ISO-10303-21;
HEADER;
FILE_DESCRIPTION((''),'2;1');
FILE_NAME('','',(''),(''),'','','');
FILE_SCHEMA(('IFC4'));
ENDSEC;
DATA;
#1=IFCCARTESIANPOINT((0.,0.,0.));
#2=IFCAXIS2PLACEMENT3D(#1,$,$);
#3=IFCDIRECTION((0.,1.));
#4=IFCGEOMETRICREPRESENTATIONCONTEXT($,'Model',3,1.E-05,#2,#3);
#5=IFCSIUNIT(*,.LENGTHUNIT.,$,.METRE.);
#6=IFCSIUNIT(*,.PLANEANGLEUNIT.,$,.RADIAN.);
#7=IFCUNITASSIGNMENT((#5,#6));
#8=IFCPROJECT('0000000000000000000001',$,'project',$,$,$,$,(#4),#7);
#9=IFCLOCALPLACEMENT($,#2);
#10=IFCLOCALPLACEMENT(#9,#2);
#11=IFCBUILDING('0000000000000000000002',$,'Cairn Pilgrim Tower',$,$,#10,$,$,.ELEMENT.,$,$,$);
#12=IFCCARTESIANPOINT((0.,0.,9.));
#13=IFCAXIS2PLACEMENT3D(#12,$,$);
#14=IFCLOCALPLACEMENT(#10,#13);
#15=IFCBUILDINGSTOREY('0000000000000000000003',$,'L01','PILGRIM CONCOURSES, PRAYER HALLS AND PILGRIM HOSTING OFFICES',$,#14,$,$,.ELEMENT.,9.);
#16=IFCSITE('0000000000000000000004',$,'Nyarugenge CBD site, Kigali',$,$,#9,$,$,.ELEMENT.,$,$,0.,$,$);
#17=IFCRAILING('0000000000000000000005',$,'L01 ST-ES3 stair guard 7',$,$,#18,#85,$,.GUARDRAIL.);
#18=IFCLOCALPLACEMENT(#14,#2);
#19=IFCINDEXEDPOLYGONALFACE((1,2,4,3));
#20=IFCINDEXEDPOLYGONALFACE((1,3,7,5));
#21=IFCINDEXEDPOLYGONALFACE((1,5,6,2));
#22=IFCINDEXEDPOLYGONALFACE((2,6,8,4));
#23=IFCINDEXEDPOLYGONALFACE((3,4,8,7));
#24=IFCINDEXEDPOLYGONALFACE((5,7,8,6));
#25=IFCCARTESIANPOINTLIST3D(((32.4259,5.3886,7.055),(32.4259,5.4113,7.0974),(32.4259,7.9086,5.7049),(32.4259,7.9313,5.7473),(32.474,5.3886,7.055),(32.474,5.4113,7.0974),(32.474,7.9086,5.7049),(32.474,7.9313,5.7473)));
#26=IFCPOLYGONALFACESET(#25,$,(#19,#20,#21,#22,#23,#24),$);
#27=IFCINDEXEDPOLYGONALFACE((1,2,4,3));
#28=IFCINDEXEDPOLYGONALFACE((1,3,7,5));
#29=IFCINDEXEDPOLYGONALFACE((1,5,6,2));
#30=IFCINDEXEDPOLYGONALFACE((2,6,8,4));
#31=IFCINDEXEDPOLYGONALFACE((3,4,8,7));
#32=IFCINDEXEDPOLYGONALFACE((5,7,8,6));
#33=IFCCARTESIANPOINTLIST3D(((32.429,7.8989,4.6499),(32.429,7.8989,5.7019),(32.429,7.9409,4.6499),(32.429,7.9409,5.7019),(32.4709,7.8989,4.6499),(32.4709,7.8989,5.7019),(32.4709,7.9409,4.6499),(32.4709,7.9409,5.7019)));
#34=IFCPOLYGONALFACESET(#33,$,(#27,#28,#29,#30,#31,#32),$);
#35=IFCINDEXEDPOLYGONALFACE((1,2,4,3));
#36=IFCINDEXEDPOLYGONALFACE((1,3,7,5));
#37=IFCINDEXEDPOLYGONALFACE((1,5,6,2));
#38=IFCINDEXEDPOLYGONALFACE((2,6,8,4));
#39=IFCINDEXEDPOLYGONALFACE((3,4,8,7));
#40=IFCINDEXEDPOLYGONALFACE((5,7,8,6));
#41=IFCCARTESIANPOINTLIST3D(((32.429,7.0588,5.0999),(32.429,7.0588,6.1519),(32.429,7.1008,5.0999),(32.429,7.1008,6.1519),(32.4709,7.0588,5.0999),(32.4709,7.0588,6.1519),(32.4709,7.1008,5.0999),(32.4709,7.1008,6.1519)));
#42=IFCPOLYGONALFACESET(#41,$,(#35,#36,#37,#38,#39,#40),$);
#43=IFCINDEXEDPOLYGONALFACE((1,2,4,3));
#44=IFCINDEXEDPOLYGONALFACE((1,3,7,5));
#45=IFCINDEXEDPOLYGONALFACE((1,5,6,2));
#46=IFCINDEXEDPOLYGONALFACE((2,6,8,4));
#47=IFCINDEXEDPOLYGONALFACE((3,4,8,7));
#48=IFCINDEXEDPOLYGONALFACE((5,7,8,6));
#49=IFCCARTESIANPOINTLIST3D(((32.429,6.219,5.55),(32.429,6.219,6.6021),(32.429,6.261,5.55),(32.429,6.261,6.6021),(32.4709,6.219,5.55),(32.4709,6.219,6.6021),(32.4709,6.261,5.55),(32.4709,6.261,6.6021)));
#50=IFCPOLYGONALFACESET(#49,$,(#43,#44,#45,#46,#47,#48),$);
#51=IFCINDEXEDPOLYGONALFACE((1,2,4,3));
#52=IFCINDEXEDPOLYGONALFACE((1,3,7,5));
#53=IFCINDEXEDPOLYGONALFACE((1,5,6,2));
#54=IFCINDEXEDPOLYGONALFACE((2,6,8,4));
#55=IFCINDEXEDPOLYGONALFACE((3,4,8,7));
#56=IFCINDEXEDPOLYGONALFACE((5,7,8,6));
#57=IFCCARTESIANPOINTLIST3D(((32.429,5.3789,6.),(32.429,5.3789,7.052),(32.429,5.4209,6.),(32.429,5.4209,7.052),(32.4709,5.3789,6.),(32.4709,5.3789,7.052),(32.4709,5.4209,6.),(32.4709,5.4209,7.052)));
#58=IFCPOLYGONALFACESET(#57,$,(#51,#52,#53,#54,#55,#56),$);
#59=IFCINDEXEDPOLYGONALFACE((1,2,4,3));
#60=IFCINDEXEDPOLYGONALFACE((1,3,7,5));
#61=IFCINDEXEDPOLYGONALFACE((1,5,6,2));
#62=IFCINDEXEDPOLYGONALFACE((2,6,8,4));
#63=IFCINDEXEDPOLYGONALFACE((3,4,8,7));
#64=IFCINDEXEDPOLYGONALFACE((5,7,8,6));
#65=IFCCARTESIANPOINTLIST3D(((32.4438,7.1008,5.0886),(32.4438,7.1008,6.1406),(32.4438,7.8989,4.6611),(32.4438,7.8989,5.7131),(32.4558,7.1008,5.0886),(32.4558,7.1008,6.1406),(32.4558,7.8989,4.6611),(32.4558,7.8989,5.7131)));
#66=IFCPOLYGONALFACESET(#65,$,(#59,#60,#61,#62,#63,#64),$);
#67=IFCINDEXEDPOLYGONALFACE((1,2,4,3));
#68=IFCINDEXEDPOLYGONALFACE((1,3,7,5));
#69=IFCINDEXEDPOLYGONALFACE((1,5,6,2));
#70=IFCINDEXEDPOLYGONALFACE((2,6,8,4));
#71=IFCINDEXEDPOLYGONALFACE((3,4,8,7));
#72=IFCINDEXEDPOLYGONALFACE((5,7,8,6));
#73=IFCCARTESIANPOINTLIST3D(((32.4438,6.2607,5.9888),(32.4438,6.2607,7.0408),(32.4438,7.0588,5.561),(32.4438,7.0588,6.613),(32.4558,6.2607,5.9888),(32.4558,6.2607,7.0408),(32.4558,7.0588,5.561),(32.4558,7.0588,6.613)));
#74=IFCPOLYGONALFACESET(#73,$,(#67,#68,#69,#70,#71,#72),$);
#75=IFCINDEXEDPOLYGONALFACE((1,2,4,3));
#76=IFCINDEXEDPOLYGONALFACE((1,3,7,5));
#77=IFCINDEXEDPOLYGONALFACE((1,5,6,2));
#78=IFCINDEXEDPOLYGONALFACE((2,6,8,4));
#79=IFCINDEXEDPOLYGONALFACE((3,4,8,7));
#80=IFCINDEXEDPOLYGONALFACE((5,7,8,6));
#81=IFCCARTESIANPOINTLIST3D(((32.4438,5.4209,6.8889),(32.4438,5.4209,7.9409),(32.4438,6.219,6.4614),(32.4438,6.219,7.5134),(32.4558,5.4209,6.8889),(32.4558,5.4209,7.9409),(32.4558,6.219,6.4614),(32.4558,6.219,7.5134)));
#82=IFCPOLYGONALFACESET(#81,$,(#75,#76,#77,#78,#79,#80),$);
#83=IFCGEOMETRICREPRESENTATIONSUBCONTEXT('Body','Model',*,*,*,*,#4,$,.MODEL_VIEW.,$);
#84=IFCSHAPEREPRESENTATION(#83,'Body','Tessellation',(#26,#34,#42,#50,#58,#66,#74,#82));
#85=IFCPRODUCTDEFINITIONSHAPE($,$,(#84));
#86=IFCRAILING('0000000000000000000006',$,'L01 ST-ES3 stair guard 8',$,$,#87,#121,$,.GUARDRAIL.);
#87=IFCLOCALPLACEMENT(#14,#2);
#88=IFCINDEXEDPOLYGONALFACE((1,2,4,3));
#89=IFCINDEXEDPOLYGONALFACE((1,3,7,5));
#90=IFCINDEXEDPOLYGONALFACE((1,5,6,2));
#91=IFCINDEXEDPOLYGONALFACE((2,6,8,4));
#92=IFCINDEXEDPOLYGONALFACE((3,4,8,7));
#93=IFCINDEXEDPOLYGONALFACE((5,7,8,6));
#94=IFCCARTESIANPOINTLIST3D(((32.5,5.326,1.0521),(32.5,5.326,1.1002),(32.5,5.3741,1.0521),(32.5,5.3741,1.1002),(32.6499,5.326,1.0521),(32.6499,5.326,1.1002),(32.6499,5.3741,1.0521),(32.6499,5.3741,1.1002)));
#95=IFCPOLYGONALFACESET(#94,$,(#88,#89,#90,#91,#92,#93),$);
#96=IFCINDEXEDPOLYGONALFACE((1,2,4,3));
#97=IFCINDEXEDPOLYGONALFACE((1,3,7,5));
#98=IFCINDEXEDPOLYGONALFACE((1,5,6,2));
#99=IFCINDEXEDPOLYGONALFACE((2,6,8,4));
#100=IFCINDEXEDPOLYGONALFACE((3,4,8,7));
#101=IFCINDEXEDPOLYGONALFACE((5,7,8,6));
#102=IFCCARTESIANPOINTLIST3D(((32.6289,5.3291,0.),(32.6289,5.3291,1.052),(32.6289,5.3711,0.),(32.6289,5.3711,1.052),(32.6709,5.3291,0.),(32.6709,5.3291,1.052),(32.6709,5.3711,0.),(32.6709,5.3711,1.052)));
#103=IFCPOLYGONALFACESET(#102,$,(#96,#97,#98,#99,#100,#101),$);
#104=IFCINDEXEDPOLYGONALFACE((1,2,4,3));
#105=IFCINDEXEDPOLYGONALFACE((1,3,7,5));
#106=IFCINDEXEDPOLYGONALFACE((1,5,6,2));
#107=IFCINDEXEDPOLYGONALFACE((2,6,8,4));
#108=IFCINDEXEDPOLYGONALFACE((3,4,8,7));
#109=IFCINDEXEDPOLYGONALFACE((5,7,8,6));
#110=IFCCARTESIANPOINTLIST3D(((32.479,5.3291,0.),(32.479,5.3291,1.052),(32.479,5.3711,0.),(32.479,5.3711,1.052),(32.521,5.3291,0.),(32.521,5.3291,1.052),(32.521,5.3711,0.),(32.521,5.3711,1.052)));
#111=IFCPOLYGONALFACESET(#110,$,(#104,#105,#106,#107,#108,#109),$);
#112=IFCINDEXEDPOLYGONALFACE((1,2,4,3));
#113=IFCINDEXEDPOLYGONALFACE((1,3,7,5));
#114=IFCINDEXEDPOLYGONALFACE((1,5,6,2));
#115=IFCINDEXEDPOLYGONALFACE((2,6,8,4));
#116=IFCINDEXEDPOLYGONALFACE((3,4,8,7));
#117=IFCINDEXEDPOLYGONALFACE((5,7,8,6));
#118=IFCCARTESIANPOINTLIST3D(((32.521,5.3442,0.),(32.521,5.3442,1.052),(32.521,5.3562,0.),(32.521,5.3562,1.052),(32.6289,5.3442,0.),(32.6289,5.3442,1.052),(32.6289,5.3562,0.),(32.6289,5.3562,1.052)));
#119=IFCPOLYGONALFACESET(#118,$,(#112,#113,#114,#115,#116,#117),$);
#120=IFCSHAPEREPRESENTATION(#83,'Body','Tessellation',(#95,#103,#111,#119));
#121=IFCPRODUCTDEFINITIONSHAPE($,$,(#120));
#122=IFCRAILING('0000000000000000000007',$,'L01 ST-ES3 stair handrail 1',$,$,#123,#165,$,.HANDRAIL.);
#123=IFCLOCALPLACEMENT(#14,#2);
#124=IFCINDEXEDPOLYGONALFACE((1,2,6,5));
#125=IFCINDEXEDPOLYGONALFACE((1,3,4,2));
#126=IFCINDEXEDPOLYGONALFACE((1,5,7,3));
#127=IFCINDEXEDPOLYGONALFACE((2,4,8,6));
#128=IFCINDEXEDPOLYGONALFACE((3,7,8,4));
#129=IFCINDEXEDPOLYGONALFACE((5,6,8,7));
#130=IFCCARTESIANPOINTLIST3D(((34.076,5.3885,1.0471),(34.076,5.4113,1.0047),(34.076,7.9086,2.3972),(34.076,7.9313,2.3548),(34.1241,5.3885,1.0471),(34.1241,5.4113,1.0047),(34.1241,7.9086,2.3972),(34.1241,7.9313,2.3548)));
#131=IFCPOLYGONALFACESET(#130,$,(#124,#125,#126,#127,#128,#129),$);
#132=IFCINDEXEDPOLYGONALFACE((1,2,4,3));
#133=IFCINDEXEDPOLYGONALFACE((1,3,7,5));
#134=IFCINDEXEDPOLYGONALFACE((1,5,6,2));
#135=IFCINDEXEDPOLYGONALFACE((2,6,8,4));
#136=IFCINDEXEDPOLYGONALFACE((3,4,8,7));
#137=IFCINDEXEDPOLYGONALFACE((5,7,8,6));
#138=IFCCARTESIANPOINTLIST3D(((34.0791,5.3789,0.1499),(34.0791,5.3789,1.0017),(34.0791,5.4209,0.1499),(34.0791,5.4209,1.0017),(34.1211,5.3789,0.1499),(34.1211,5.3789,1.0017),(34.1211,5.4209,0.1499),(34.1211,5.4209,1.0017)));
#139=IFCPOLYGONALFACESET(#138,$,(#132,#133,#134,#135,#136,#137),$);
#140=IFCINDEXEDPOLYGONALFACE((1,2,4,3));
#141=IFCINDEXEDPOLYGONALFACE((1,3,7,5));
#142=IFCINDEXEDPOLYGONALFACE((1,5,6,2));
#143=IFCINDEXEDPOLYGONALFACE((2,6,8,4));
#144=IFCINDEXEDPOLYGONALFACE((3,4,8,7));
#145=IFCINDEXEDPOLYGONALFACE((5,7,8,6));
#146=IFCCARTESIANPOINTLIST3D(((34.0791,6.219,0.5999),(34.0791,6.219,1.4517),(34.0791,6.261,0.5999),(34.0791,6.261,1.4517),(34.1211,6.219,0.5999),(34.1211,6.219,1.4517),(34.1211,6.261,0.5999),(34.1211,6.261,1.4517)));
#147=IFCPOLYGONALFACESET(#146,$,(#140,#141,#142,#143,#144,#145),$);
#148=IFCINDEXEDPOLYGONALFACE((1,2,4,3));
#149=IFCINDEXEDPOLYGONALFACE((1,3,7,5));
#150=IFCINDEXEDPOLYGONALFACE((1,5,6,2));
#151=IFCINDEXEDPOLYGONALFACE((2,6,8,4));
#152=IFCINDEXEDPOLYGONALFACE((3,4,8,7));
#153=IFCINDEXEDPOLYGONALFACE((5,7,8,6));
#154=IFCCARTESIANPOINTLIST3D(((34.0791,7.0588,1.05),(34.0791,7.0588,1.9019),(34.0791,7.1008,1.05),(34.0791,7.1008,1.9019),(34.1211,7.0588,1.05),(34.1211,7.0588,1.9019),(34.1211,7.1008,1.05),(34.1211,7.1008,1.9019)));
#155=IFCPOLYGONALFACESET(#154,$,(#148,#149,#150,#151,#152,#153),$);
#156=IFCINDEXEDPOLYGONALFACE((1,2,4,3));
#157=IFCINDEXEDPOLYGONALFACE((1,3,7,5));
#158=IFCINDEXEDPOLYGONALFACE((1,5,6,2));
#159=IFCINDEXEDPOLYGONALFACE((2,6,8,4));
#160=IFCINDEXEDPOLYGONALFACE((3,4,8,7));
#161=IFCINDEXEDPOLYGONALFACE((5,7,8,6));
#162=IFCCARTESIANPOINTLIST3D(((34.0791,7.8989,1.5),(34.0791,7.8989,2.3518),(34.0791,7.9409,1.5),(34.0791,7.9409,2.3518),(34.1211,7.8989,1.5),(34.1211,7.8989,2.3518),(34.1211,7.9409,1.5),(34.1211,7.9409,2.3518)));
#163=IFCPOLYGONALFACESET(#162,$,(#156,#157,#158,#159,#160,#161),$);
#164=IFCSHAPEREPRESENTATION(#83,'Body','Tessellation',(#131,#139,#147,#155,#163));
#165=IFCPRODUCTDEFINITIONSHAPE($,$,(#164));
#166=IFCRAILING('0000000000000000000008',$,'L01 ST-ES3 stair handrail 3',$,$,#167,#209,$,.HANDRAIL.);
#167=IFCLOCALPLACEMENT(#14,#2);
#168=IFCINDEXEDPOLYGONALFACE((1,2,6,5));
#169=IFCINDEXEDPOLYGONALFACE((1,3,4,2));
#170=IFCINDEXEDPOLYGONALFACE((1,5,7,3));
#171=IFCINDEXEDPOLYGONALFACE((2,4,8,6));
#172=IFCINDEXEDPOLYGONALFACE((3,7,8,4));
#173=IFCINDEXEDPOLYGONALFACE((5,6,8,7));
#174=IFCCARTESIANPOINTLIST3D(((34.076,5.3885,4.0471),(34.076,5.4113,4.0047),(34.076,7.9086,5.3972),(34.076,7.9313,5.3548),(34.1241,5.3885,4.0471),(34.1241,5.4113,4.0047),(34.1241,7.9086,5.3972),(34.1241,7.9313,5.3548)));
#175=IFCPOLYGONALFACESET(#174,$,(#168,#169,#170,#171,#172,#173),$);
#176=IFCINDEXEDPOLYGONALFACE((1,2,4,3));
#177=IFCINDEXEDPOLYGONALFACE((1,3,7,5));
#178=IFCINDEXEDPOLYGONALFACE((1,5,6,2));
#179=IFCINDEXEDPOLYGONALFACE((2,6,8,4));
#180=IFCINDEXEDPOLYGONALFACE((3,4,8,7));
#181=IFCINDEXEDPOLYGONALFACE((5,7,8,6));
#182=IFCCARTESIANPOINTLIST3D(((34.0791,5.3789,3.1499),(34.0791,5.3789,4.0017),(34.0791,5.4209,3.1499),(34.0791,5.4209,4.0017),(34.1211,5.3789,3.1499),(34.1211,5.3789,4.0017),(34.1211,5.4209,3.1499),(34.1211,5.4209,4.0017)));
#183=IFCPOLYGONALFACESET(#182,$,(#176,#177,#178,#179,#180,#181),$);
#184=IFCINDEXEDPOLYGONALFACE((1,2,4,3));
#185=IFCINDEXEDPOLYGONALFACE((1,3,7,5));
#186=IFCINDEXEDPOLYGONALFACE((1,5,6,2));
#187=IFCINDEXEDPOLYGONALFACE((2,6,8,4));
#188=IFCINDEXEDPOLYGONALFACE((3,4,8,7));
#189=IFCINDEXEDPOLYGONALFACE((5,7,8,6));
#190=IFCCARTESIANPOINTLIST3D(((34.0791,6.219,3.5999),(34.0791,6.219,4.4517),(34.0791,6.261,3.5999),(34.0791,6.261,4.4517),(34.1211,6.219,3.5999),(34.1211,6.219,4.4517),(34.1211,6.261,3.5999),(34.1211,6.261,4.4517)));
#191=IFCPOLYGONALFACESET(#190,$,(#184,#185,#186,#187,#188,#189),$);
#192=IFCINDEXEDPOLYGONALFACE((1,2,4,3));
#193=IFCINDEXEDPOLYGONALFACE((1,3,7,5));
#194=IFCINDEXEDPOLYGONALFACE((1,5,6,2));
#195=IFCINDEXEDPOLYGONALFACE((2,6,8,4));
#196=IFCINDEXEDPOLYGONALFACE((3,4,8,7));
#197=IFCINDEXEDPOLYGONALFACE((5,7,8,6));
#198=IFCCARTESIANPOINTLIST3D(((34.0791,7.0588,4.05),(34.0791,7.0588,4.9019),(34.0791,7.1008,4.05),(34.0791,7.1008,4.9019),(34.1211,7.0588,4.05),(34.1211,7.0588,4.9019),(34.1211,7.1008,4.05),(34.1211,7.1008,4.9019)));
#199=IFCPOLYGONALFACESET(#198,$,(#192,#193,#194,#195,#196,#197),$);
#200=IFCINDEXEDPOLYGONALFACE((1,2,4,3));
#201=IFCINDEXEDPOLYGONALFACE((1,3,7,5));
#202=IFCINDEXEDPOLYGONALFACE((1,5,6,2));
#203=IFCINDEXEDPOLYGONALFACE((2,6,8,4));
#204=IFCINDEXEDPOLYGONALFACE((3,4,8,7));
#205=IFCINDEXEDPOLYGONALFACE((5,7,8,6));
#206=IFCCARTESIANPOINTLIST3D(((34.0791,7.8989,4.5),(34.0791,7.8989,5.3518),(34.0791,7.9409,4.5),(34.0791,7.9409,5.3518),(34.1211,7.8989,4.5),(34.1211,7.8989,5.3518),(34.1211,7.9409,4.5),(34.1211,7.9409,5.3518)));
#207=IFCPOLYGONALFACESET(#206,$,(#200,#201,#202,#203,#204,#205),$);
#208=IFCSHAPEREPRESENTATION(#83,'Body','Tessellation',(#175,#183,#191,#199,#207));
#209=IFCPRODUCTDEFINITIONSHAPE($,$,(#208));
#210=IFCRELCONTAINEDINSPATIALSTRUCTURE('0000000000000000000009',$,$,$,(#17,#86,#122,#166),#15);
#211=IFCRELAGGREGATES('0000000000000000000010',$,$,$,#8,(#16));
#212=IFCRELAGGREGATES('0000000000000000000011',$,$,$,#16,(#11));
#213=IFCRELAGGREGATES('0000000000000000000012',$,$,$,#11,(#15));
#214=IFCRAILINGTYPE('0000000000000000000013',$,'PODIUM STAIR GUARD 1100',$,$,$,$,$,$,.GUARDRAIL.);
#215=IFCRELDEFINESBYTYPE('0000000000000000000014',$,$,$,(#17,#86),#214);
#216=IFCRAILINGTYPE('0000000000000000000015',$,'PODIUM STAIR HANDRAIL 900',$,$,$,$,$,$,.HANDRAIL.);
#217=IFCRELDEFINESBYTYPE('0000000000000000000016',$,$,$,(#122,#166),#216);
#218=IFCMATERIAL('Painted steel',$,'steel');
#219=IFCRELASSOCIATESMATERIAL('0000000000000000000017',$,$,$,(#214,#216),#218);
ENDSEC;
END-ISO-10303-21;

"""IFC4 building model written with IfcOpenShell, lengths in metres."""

from ifc_helpers import new_model, si_unit, direction, frame, origin, origin_2d, place, context, subcontext, project, spatial, polyline, rectangle, outline, extrude, material, type_object, element, save


model = new_model("IFC4")

# Units and contexts
model_context = context("Model", 3, precision=1e-05, world=origin(), true_north=direction((0.0, 1.0)))
body_context = subcontext(model_context, "Body", "Model", "MODEL_VIEW")
ifc_project = project(units=[si_unit("LENGTHUNIT", "METRE"), si_unit("PLANEANGLEUNIT", "RADIAN")], contexts=[model_context])

# Site, building, storey
site_placement = place(None, origin())
site = spatial("IfcSite", under=ifc_project, at=site_placement, Name="Nyarugenge CBD site, Kigali", CompositionType="ELEMENT", RefElevation=0.0)
building_placement = place(site_placement, origin())
building = spatial("IfcBuilding", under=site, at=building_placement, Name="Cairn Pilgrim Tower", CompositionType="ELEMENT")
storey_placement = place(building_placement, frame((0.0, 0.0, 9.0)))
storey = spatial("IfcBuildingStorey", under=building, at=storey_placement, Name="L01", Description="PILGRIM CONCOURSES, PRAYER HALLS AND PILGRIM HOSTING OFFICES", CompositionType="ELEMENT", Elevation=9.0)

# Railings
ifc_material_1 = material(Name="Painted steel", Category="steel")
railing_type_1 = type_object("IfcRailingType", Name="PODIUM STAIR GUARD 1100", PredefinedType="GUARDRAIL", material=ifc_material_1)
railing_1_placement = place(storey_placement, frame((32.45, 7.9199, 4.6499)))
element("IfcRailing", 1, at=railing_1_placement, inside=storey, type_object=railing_type_1, Name="L01 ST-ES3 stair guard 7", PredefinedType="GUARDRAIL", context=body_context, shape_type="SweptSolid", body=[
    extrude(rectangle(XDim=0.0481, YDim=0.0481, at=origin_2d()), frame((0.0, 0.0, 1.0762), z_axis=(0.0, -0.881467, 0.472245), x_axis=(1.0, 0.0, 0.0)), (0.0, 0.0, 1.0), 2.8589),
    extrude(rectangle(XDim=0.042, YDim=0.042, at=origin_2d()), origin(), (0.0, 0.0, 1.0), 1.052),
    extrude(rectangle(XDim=0.042, YDim=0.042, at=origin_2d()), frame((0.0, -0.8401, 0.45)), (0.0, 0.0, 1.0), 1.052),
    extrude(rectangle(XDim=0.042, YDim=0.042, at=origin_2d()), frame((0.0, -1.6799, 0.9001)), (0.0, 0.0, 1.0), 1.052),
    extrude(rectangle(XDim=0.042, YDim=0.042, at=origin_2d()), frame((0.0, -2.52, 1.3501)), (0.0, 0.0, 1.0), 1.052),
    extrude(outline(polyline([(0.021, 0.0112), (0.8191, 0.4387), (0.8191, 1.4907), (0.021, 1.0632), (0.021, 0.0112)])), frame((0.0059, 0.0, 0.0), z_axis=(-1.0, 0.0, 0.0), x_axis=(0.0, -1.0, 0.0)), (0.0, 0.0, 1.0), 0.012),
    extrude(outline(polyline([(0.021, 0.4612), (0.8191, 0.8889), (0.8191, 1.9409), (0.021, 1.5132), (0.021, 0.4612)])), frame((0.0059, -0.8401, 0.45), z_axis=(-1.0, 0.0, 0.0), x_axis=(0.0, -1.0, 0.0)), (0.0, 0.0, 1.0), 0.012),
    extrude(outline(polyline([(0.021, 0.9114), (0.8191, 1.3389), (0.8191, 2.3909), (0.021, 1.9634), (0.021, 0.9114)])), frame((0.0059, -1.6799, 0.9001), z_axis=(-1.0, 0.0, 0.0), x_axis=(0.0, -1.0, 0.0)), (0.0, 0.0, 1.0), 0.012),
])
railing_2_placement = place(storey_placement, frame((32.6499, 5.3501, 0.0)))
element("IfcRailing", 2, at=railing_2_placement, inside=storey, type_object=railing_type_1, Name="L01 ST-ES3 stair guard 8", PredefinedType="GUARDRAIL", context=body_context, shape_type="SweptSolid", body=[
    extrude(rectangle(XDim=0.0481, YDim=0.0481, at=origin_2d()), frame((0.0, 0.0, 1.0762), z_axis=(-1.0, 0.0, 0.0), x_axis=(0.0, -1.0, 0.0)), (0.0, 0.0, 1.0), 0.1499),
    extrude(rectangle(XDim=0.042, YDim=0.042, at=origin_2d()), origin(), (0.0, 0.0, 1.0), 1.052),
    extrude(rectangle(XDim=0.042, YDim=0.042, at=origin_2d()), frame((-0.1499, 0.0, 0.0)), (0.0, 0.0, 1.0), 1.052),
    extrude(outline(polyline([(0.021, 0.0), (0.1289, 0.0), (0.1289, 1.052), (0.021, 1.052), (0.021, 0.0)])), frame((0.0, -0.0059, 0.0), z_axis=(0.0, 1.0, 0.0), x_axis=(-1.0, 0.0, 0.0)), (0.0, 0.0, 1.0), 0.012),
])
railing_type_2 = type_object("IfcRailingType", Name="PODIUM STAIR HANDRAIL 900", PredefinedType="HANDRAIL", material=ifc_material_1)
for number, where, name in (
    (3, (34.1001, 5.3999, 0.1499), "L01 ST-ES3 stair handrail 1"),
    (4, (34.1001, 5.3999, 3.1499), "L01 ST-ES3 stair handrail 3"),
):
    element("IfcRailing", number, at=place(storey_placement, frame(where)), inside=storey, type_object=railing_type_2, Name=name, PredefinedType="HANDRAIL", context=body_context, shape_type="SweptSolid", body=[
        extrude(rectangle(XDim=0.0481, YDim=0.0481, at=origin_2d()), frame((0.0, 0.0, 0.876), z_axis=(0.0, 0.881467, 0.472245), x_axis=(-1.0, 0.0, 0.0)), (0.0, 0.0, 1.0), 2.8589),
        extrude(rectangle(XDim=0.042, YDim=0.042, at=origin_2d()), origin(), (0.0, 0.0, 1.0), 0.8518),
        extrude(rectangle(XDim=0.042, YDim=0.042, at=origin_2d()), frame((0.0, 0.8401, 0.45)), (0.0, 0.0, 1.0), 0.8518),
        extrude(rectangle(XDim=0.042, YDim=0.042, at=origin_2d()), frame((0.0, 1.6799, 0.9001)), (0.0, 0.0, 1.0), 0.8518),
        extrude(rectangle(XDim=0.042, YDim=0.042, at=origin_2d()), frame((0.0, 2.52, 1.3501)), (0.0, 0.0, 1.0), 0.8518),
    ])

save(model, "model.ifc")
